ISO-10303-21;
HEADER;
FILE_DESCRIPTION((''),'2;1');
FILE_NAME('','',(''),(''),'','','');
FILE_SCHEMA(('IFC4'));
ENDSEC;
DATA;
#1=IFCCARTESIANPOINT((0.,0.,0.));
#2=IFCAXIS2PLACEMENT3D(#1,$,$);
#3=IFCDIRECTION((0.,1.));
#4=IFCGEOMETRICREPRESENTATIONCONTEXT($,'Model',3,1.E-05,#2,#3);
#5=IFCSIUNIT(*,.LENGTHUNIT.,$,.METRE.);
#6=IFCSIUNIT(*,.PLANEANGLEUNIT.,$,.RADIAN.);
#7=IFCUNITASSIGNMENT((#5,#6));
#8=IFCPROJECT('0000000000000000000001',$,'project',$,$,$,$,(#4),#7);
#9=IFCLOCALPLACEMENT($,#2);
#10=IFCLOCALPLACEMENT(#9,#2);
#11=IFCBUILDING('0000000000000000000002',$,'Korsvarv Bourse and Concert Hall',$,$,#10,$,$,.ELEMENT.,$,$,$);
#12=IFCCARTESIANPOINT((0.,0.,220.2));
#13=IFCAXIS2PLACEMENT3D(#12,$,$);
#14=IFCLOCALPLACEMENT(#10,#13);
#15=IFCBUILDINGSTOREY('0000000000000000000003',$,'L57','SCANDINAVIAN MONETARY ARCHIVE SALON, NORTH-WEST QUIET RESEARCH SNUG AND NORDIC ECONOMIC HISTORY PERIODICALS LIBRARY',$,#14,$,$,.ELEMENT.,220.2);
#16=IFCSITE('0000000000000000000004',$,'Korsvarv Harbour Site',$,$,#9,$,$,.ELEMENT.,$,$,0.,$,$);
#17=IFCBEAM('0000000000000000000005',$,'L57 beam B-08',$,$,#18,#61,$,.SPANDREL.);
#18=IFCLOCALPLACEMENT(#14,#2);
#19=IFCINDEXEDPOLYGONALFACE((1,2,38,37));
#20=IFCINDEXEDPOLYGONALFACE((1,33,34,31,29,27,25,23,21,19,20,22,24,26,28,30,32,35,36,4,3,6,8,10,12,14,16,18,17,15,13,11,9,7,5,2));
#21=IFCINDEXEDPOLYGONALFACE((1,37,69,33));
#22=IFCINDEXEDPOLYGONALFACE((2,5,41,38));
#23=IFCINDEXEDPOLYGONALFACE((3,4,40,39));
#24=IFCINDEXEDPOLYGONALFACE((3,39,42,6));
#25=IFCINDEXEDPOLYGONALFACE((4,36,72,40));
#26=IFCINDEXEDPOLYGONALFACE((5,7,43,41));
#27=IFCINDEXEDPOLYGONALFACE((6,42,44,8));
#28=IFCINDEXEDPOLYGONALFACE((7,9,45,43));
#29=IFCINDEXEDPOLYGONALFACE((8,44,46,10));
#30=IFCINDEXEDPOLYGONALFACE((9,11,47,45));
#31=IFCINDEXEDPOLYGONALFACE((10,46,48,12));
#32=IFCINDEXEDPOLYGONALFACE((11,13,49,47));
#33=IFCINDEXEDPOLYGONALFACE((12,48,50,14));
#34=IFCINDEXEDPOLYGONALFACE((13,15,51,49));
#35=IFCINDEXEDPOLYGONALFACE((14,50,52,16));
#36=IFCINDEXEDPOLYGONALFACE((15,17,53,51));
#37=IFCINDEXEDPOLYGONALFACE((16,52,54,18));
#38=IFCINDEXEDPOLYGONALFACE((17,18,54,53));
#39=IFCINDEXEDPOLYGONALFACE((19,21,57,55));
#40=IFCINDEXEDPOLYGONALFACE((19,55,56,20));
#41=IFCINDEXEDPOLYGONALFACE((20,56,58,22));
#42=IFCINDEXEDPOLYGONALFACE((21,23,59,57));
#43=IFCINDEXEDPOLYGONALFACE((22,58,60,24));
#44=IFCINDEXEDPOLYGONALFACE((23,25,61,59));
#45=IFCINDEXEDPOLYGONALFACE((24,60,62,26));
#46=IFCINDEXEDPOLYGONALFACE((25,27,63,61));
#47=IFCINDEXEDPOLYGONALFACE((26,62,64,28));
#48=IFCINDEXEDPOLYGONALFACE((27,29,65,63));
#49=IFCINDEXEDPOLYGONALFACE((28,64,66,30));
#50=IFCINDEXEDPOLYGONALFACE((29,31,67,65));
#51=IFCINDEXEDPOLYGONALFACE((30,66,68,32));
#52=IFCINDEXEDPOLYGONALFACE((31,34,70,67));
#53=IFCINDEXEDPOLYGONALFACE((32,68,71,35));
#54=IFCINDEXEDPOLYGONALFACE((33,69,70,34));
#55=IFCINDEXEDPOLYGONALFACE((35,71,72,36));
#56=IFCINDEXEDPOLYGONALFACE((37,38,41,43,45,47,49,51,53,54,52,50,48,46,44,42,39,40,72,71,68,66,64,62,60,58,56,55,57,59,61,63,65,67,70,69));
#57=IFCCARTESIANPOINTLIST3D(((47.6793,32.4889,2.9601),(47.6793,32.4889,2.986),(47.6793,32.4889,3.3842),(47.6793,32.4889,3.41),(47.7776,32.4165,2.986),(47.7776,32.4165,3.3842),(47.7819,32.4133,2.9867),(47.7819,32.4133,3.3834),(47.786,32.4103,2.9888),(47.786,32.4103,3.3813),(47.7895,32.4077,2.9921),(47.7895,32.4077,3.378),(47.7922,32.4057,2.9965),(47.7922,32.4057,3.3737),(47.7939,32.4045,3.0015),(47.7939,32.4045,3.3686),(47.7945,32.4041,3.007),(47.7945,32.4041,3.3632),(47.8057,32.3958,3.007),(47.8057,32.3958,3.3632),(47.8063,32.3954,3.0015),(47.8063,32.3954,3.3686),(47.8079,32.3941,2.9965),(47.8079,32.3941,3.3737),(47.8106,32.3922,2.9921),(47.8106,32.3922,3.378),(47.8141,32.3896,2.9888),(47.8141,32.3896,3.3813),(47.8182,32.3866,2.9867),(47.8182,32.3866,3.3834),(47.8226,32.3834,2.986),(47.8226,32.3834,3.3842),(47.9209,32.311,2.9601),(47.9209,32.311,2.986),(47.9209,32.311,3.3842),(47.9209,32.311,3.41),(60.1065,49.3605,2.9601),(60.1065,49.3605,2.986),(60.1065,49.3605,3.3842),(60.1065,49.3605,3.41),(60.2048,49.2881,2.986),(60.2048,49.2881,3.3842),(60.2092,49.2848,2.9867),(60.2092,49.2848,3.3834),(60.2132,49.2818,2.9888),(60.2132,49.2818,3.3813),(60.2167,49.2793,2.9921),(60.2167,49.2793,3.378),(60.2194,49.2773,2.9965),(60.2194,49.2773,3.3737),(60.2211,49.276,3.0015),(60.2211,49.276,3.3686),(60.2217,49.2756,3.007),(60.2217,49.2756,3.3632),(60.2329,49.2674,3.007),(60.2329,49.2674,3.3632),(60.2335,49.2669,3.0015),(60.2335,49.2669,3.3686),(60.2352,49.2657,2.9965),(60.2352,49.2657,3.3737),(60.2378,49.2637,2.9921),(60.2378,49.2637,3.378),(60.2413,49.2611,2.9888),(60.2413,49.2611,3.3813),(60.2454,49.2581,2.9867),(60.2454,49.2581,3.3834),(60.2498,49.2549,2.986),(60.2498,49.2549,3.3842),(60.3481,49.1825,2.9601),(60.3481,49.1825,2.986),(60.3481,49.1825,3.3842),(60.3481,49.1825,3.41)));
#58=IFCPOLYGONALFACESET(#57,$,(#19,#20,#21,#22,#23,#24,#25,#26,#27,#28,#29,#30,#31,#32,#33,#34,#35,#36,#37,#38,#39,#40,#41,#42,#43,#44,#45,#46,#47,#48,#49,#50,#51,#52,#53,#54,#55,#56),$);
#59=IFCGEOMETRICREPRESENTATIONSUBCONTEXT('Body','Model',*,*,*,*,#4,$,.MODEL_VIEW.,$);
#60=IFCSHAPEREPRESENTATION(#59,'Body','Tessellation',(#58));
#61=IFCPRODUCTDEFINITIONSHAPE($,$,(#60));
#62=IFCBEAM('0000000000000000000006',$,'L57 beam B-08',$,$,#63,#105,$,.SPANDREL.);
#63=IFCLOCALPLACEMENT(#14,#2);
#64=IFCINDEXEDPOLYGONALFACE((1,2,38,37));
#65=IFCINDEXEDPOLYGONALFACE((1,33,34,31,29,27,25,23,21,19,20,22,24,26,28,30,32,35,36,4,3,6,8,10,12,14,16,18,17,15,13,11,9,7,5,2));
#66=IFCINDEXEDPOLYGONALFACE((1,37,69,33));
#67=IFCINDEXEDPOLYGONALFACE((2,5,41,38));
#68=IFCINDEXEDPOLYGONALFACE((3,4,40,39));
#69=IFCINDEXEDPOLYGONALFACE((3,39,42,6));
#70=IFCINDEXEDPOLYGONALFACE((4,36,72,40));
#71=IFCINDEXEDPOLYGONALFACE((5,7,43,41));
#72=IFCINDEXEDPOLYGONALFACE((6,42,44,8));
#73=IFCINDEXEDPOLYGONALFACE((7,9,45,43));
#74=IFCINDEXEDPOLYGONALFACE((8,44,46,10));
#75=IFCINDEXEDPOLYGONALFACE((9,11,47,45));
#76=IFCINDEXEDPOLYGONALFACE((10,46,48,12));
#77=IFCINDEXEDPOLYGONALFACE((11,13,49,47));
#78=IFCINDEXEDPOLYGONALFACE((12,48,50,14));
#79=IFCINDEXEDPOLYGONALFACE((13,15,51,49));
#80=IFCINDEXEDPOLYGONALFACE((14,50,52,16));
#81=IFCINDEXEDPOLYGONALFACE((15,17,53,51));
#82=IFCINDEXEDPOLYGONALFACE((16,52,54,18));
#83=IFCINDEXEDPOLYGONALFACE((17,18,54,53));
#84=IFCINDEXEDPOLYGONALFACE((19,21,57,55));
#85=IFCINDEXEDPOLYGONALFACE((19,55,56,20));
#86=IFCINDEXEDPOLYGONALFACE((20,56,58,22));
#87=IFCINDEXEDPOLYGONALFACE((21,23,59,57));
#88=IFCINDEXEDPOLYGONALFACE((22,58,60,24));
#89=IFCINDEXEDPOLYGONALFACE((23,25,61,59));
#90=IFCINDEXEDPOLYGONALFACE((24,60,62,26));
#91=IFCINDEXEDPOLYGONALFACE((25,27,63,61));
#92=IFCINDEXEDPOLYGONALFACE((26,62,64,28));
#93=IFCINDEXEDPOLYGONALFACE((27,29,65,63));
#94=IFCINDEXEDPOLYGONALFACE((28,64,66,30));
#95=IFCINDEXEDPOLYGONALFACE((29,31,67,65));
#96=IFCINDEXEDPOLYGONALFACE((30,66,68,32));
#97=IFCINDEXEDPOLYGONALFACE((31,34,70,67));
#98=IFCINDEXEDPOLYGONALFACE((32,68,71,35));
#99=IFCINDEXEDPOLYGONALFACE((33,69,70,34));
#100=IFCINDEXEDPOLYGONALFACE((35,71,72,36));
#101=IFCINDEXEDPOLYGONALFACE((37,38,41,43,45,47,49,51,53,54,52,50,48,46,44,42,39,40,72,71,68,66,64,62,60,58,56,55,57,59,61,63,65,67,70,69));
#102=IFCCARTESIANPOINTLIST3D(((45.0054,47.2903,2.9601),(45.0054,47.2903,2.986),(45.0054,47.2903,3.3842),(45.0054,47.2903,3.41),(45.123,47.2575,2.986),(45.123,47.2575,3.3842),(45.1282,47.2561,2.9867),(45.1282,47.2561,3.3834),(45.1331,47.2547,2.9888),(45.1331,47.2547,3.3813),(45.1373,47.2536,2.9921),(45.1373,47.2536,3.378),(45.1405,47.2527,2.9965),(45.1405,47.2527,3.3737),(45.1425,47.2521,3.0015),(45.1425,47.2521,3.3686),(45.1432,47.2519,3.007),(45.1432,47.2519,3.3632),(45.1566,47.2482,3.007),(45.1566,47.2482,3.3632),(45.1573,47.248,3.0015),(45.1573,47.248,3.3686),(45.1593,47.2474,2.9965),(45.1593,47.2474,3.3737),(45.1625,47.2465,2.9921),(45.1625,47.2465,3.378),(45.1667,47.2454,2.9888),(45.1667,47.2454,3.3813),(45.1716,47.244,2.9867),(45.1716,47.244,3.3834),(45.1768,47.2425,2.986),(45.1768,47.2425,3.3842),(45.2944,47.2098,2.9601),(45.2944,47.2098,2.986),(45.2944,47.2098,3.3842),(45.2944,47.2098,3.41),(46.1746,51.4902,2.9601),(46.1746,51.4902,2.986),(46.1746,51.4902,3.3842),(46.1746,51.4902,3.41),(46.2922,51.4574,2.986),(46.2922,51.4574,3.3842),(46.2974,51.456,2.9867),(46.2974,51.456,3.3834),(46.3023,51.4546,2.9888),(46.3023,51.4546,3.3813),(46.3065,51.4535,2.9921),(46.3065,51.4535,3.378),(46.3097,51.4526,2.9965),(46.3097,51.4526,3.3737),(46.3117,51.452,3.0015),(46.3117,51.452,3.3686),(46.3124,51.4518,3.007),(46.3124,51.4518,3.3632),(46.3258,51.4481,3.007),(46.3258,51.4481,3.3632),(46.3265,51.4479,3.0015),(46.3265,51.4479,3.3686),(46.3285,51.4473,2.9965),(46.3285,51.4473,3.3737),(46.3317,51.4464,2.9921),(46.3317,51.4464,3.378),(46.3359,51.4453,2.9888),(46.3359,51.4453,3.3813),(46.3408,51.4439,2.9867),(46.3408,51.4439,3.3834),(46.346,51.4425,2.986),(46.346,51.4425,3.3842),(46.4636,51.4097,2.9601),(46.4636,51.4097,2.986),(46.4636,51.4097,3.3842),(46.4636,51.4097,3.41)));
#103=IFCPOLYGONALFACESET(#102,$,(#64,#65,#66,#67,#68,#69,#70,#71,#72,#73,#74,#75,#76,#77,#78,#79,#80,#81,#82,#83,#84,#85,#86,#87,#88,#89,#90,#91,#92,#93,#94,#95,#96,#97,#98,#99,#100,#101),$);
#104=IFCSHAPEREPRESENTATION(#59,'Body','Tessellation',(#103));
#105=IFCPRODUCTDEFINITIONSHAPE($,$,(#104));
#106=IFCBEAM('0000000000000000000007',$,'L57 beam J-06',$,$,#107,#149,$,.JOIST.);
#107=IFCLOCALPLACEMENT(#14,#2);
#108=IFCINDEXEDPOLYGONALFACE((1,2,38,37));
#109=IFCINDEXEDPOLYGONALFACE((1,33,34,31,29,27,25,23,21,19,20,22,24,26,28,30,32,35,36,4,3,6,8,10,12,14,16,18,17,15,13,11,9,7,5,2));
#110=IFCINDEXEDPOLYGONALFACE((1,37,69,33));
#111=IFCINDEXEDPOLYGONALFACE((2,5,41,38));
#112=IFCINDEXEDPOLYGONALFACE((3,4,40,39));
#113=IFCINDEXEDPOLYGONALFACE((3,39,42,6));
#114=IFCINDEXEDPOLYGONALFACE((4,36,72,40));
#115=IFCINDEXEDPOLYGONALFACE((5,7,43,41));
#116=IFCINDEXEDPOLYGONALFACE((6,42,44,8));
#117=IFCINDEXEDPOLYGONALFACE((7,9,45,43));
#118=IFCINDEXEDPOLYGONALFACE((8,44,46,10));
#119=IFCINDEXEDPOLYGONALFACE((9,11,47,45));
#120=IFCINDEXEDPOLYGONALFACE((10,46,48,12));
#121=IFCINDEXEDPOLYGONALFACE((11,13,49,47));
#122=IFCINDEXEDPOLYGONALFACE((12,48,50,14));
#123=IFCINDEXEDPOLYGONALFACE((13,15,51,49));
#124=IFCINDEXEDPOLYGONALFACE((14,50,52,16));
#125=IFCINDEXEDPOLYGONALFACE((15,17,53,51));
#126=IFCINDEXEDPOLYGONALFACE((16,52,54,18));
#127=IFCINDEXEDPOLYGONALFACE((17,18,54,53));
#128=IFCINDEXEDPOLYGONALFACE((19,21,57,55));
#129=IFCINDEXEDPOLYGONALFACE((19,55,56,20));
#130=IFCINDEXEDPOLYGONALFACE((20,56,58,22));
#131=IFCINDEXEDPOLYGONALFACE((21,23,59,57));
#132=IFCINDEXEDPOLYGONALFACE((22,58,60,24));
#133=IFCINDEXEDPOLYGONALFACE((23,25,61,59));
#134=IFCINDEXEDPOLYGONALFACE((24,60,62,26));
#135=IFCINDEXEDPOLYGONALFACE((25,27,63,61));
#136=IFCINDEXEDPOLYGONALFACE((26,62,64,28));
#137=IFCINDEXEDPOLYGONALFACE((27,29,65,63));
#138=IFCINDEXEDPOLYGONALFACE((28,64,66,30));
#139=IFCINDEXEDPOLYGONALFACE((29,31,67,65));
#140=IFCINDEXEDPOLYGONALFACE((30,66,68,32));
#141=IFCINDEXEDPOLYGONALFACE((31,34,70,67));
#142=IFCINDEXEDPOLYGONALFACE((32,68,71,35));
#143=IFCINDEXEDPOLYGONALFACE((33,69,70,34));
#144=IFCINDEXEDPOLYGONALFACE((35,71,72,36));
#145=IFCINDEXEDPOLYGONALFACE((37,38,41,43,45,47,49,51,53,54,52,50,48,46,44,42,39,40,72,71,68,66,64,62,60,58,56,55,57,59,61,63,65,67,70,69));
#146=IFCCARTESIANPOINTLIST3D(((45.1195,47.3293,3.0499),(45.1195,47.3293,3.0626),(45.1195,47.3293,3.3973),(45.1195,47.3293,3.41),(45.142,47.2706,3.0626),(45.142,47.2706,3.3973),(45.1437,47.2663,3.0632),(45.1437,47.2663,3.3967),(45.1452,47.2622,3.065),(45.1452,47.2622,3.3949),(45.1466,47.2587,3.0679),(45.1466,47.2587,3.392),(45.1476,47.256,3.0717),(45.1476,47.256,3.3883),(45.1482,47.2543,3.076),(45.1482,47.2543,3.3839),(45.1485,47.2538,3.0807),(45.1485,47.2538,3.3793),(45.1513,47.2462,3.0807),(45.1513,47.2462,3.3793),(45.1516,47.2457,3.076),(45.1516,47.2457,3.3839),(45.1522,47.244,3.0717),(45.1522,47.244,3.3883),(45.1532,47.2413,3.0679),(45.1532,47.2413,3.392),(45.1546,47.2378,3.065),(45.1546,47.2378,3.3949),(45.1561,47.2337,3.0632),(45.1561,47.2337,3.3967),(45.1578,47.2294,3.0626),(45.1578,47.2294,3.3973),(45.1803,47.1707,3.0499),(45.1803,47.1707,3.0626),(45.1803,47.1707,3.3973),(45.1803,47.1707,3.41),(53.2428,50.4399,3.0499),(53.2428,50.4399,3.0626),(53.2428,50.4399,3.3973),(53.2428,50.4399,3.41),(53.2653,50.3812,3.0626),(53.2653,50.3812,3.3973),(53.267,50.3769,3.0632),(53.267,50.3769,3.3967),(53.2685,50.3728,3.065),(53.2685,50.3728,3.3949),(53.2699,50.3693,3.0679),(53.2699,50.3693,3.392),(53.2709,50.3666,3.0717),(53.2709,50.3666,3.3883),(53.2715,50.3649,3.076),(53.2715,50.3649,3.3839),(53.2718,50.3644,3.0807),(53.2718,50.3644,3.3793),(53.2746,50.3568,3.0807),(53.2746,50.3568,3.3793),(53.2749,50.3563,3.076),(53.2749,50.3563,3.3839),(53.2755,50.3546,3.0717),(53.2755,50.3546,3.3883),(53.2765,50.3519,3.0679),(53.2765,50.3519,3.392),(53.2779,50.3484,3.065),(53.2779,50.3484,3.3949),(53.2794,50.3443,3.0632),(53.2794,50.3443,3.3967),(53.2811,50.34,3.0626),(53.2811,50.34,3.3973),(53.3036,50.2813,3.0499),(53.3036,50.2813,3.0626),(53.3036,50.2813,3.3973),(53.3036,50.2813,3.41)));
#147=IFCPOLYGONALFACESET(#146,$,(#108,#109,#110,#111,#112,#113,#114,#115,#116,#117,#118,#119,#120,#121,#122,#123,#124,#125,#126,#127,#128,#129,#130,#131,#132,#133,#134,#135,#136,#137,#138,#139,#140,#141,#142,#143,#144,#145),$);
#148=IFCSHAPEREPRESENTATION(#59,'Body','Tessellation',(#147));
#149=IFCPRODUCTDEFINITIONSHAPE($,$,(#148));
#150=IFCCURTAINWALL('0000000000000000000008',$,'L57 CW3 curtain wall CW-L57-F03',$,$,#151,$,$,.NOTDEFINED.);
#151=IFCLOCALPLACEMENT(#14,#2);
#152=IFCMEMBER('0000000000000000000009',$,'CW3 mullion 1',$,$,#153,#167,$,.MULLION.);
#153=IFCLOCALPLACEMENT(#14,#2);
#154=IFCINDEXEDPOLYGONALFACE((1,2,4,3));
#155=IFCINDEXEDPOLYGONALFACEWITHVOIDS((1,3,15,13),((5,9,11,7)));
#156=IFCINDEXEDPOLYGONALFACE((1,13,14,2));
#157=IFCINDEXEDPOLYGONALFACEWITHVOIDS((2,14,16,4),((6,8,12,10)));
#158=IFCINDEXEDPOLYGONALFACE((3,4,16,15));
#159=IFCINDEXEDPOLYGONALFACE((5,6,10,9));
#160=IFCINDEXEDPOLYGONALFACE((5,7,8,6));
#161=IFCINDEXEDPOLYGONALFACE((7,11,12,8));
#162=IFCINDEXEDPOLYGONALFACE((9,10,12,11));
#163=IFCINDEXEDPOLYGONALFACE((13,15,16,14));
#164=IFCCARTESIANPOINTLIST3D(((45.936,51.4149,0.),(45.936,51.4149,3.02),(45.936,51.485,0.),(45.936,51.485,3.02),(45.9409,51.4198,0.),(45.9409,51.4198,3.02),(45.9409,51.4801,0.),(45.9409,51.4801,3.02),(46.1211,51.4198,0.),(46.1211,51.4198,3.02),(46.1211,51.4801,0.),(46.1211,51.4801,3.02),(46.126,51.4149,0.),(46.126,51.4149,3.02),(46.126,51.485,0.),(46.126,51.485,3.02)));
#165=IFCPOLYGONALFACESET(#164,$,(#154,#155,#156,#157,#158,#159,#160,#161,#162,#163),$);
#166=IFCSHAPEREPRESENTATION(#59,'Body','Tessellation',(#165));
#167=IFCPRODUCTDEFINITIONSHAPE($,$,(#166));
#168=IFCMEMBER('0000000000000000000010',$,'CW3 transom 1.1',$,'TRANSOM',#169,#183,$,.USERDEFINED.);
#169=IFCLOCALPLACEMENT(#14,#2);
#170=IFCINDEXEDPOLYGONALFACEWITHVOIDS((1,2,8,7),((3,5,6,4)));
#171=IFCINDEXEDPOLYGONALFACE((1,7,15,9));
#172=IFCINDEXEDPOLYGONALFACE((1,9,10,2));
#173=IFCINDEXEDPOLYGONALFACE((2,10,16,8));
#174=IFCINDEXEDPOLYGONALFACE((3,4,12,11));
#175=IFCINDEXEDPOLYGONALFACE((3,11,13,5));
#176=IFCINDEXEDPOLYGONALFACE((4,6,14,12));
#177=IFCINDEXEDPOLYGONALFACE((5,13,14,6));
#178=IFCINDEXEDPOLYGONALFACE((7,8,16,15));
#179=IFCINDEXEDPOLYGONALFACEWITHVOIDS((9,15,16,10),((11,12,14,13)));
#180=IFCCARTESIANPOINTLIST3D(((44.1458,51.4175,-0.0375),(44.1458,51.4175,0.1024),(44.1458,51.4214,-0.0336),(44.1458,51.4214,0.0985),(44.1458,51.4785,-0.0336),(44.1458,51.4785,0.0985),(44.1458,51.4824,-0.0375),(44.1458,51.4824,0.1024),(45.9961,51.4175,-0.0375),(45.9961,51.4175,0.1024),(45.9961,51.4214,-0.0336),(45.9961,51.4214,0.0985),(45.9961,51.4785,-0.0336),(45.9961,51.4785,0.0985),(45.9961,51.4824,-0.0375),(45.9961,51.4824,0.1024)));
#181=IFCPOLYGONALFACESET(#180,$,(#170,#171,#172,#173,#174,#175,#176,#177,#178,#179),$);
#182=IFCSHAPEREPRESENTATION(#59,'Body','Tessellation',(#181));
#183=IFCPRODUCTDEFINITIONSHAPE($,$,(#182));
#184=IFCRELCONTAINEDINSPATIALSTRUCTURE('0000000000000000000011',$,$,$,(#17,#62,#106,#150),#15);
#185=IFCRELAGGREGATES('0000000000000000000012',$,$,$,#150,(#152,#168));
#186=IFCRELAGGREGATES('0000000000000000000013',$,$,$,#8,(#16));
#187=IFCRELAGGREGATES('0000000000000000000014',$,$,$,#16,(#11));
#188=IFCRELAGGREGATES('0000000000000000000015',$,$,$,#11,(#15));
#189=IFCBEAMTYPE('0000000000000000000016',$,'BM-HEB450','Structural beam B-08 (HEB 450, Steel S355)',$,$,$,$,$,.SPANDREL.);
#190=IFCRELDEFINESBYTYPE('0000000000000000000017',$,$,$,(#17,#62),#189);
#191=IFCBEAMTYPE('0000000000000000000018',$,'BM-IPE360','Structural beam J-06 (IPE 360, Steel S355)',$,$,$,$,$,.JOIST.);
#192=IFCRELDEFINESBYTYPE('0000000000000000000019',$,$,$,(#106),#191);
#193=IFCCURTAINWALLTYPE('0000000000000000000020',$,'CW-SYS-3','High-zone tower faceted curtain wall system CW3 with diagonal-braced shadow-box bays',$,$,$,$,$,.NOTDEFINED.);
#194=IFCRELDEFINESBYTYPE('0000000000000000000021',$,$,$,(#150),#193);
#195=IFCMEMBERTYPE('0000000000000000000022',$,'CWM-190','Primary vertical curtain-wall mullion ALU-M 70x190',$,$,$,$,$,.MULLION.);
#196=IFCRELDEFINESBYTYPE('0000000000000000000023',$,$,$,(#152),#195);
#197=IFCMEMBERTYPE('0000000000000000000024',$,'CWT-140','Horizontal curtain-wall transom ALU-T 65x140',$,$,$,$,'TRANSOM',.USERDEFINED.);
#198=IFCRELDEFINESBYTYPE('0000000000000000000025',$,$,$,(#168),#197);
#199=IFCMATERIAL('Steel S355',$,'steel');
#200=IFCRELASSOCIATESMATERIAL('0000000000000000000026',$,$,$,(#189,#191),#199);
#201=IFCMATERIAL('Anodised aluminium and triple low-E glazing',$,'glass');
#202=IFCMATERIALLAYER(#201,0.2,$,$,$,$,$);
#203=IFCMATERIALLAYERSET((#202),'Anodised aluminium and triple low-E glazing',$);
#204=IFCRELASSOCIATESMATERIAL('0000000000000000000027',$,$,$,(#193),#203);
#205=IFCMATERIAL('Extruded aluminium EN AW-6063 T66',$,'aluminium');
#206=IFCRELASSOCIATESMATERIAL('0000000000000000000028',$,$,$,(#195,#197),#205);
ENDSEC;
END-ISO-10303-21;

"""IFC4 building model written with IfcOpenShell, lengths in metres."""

from ifc_helpers import new_model, si_unit, direction, frame, origin, origin_2d, place, context, subcontext, project, spatial, hollow_rectangle, i_section, extrude, source, transform, mapped, material, layer, layer_set, material_profile, profile_set, type_object, element, aggregate, save


model = new_model("IFC4")

# Units and contexts
model_context = context("Model", 3, precision=1e-05, world=origin(), true_north=direction((0.0, 1.0)))
body_context = subcontext(model_context, "Body", "Model", "MODEL_VIEW")
ifc_project = project(units=[si_unit("LENGTHUNIT", "METRE"), si_unit("PLANEANGLEUNIT", "RADIAN")], contexts=[model_context])

# Site, building, storey
site_placement = place(None, origin())
site = spatial("IfcSite", under=ifc_project, at=site_placement, Name="Korsvarv Harbour Site", CompositionType="ELEMENT", RefElevation=0.0)
building_placement = place(site_placement, origin())
building = spatial("IfcBuilding", under=site, at=building_placement, Name="Korsvarv Bourse and Concert Hall", CompositionType="ELEMENT")
storey_placement = place(building_placement, frame((0.0, 0.0, 220.2)))
storey = spatial("IfcBuildingStorey", under=building, at=storey_placement, Name="L57", Description="SCANDINAVIAN MONETARY ARCHIVE SALON, NORTH-WEST QUIET RESEARCH SNUG AND NORDIC ECONOMIC HISTORY PERIODICALS LIBRARY", CompositionType="ELEMENT", Elevation=220.2)

# Shared definitions
ifc_material_1 = material(Name="Steel S355", Category="steel")

# Beams
ifc_material_profile_1 = material_profile(ifc_material_1, i_section(OverallWidth=0.3, OverallDepth=0.45, WebThickness=0.0139, FlangeThickness=0.0259, FilletRadius=0.021, at=origin_2d()), Name="HEB 450")
ifc_profile_set_1 = profile_set([ifc_material_profile_1], Name="Steel S355")
beam_type_1 = type_object("IfcBeamType", Name="BM-HEB450", Description="Structural beam B-08 (HEB 450, Steel S355)", PredefinedType="SPANDREL", material=ifc_profile_set_1)
shared_shape_1 = source(origin(), body_context, "Body", "SweptSolid", [
    extrude(i_section(OverallWidth=0.3, OverallDepth=0.45, WebThickness=0.0139, FlangeThickness=0.0259, FilletRadius=0.021, at=origin_2d()), origin(), (0.0, 0.0, 1.0), 20.9543),
])
beam_1_placement = place(storey_placement, frame((60.2273, 49.2715, 3.1851), z_axis=(-0.593062, -0.805157, 0.0), x_axis=(0.805157, -0.593062, 0.0)))
element("IfcBeam", 1, at=beam_1_placement, inside=storey, type_object=beam_type_1, Name="L57 beam B-08", PredefinedType="SPANDREL", context=body_context, shape_type="MappedRepresentation", body=[
    mapped(shared_shape_1, transform((0.0, 0.0, 0.0), scale=1.0)),
])
shared_shape_2 = source(origin(), body_context, "Body", "SweptSolid", [
    extrude(i_section(OverallWidth=0.3, OverallDepth=0.45, WebThickness=0.0139, FlangeThickness=0.0259, FilletRadius=0.021, at=origin_2d()), origin(), (0.0, 0.0, 1.0), 4.3596),
])
beam_2_placement = place(storey_placement, frame((46.3191, 51.45, 3.1851), z_axis=(-0.268184, -0.963368, 0.0), x_axis=(0.963368, -0.268184, 0.0)))
element("IfcBeam", 2, at=beam_2_placement, inside=storey, type_object=beam_type_1, Name="L57 beam B-08", PredefinedType="SPANDREL", context=body_context, shape_type="MappedRepresentation", body=[
    mapped(shared_shape_2, transform((0.0, 0.0, 0.0), scale=1.0)),
])
ifc_material_profile_2 = material_profile(ifc_material_1, i_section(OverallWidth=0.1699, OverallDepth=0.3601, WebThickness=0.0081, FlangeThickness=0.0127, FilletRadius=0.0181, at=origin_2d()), Name="IPE 360")
ifc_profile_set_2 = profile_set([ifc_material_profile_2], Name="Steel S355")
beam_type_2 = type_object("IfcBeamType", Name="BM-IPE360", Description="Structural beam J-06 (IPE 360, Steel S355)", PredefinedType="JOIST", material=ifc_profile_set_2)
shared_shape_3 = source(origin(), body_context, "Body", "SweptSolid", [
    extrude(i_section(OverallWidth=0.1699, OverallDepth=0.3601, WebThickness=0.0081, FlangeThickness=0.0127, FilletRadius=0.0181, at=origin_2d()), origin(), (0.0, 0.0, 1.0), 8.6985),
])
beam_3_placement = place(storey_placement, frame((53.2732, 50.3606, 3.23), z_axis=(-0.933874, -0.357602, 0.0), x_axis=(0.357602, -0.933874, 0.0)))
element("IfcBeam", 3, at=beam_3_placement, inside=storey, type_object=beam_type_2, Name="L57 beam J-06", PredefinedType="JOIST", context=body_context, shape_type="MappedRepresentation", body=[
    mapped(shared_shape_3, transform((0.0, 0.0, 0.0), scale=1.0)),
])

# Curtain wall, members
ifc_material_2 = material(Name="Anodised aluminium and triple low-E glazing", Category="glass")
ifc_layer_1 = layer(ifc_material_2, 0.2)
ifc_layer_set_1 = layer_set([ifc_layer_1], Name="Anodised aluminium and triple low-E glazing")
curtain_wall_type = type_object("IfcCurtainWallType", Name="CW-SYS-3", Description="High-zone tower faceted curtain wall system CW3 with diagonal-braced shadow-box bays", PredefinedType="NOTDEFINED", material=ifc_layer_set_1)
curtain_wall_placement = place(storey_placement, origin())
curtain_wall = element("IfcCurtainWall", 4, at=curtain_wall_placement, inside=storey, type_object=curtain_wall_type, Name="L57 CW3 curtain wall CW-L57-F03", PredefinedType="NOTDEFINED")
ifc_material_3 = material(Name="Extruded aluminium EN AW-6063 T66", Category="aluminium")
ifc_material_profile_3 = material_profile(ifc_material_3, hollow_rectangle(XDim=0.0701, YDim=0.1899, WallThickness=0.0049, at=origin_2d()), Name="ALU-M 70x190")
ifc_profile_set_3 = profile_set([ifc_material_profile_3], Name="Extruded aluminium EN AW-6063 T66")
member_type_1 = type_object("IfcMemberType", Name="CWM-190", Description="Primary vertical curtain-wall mullion ALU-M 70x190", PredefinedType="MULLION", material=ifc_profile_set_3)
shared_shape_4 = source(origin(), body_context, "Body", "SweptSolid", [
    extrude(hollow_rectangle(XDim=0.0701, YDim=0.1899, WallThickness=0.0049, at=origin_2d()), origin(), (0.0, 0.0, 1.0), 3.02),
])
member_1_placement = place(storey_placement, frame((46.031, 51.45, 0.0), z_axis=(0.0, 0.0, 1.0), x_axis=(0.0, -1.0, 0.0)))
member_1 = element("IfcMember", 5, at=member_1_placement, type_object=member_type_1, Name="CW3 mullion 1", PredefinedType="MULLION", context=body_context, shape_type="MappedRepresentation", body=[
    mapped(shared_shape_4, transform((0.0, 0.0, 0.0), scale=1.0)),
])
ifc_material_profile_4 = material_profile(ifc_material_3, hollow_rectangle(XDim=0.0649, YDim=0.1399, WallThickness=0.0039, at=origin_2d()), Name="ALU-T 65x140")
ifc_profile_set_4 = profile_set([ifc_material_profile_4], Name="Extruded aluminium EN AW-6063 T66")
member_type_2 = type_object("IfcMemberType", Name="CWT-140", Description="Horizontal curtain-wall transom ALU-T 65x140", ElementType="TRANSOM", PredefinedType="USERDEFINED", material=ifc_profile_set_4)
shared_shape_5 = source(origin(), body_context, "Body", "SweptSolid", [
    extrude(hollow_rectangle(XDim=0.0649, YDim=0.1399, WallThickness=0.0039, at=origin_2d()), origin(), (0.0, 0.0, 1.0), 1.8503),
])
member_2_placement = place(storey_placement, frame((45.9961, 51.45, 0.0325), z_axis=(-1.0, 0.0, 0.0), x_axis=(0.0, -1.0, 0.0)))
member_2 = element("IfcMember", 6, at=member_2_placement, type_object=member_type_2, Name="CW3 transom 1.1", ObjectType="TRANSOM", PredefinedType="USERDEFINED", context=body_context, shape_type="MappedRepresentation", body=[
    mapped(shared_shape_5, transform((0.0, 0.0, 0.0), scale=1.0)),
])
aggregate(curtain_wall, [member_1, member_2])

save(model, "model.ifc")
